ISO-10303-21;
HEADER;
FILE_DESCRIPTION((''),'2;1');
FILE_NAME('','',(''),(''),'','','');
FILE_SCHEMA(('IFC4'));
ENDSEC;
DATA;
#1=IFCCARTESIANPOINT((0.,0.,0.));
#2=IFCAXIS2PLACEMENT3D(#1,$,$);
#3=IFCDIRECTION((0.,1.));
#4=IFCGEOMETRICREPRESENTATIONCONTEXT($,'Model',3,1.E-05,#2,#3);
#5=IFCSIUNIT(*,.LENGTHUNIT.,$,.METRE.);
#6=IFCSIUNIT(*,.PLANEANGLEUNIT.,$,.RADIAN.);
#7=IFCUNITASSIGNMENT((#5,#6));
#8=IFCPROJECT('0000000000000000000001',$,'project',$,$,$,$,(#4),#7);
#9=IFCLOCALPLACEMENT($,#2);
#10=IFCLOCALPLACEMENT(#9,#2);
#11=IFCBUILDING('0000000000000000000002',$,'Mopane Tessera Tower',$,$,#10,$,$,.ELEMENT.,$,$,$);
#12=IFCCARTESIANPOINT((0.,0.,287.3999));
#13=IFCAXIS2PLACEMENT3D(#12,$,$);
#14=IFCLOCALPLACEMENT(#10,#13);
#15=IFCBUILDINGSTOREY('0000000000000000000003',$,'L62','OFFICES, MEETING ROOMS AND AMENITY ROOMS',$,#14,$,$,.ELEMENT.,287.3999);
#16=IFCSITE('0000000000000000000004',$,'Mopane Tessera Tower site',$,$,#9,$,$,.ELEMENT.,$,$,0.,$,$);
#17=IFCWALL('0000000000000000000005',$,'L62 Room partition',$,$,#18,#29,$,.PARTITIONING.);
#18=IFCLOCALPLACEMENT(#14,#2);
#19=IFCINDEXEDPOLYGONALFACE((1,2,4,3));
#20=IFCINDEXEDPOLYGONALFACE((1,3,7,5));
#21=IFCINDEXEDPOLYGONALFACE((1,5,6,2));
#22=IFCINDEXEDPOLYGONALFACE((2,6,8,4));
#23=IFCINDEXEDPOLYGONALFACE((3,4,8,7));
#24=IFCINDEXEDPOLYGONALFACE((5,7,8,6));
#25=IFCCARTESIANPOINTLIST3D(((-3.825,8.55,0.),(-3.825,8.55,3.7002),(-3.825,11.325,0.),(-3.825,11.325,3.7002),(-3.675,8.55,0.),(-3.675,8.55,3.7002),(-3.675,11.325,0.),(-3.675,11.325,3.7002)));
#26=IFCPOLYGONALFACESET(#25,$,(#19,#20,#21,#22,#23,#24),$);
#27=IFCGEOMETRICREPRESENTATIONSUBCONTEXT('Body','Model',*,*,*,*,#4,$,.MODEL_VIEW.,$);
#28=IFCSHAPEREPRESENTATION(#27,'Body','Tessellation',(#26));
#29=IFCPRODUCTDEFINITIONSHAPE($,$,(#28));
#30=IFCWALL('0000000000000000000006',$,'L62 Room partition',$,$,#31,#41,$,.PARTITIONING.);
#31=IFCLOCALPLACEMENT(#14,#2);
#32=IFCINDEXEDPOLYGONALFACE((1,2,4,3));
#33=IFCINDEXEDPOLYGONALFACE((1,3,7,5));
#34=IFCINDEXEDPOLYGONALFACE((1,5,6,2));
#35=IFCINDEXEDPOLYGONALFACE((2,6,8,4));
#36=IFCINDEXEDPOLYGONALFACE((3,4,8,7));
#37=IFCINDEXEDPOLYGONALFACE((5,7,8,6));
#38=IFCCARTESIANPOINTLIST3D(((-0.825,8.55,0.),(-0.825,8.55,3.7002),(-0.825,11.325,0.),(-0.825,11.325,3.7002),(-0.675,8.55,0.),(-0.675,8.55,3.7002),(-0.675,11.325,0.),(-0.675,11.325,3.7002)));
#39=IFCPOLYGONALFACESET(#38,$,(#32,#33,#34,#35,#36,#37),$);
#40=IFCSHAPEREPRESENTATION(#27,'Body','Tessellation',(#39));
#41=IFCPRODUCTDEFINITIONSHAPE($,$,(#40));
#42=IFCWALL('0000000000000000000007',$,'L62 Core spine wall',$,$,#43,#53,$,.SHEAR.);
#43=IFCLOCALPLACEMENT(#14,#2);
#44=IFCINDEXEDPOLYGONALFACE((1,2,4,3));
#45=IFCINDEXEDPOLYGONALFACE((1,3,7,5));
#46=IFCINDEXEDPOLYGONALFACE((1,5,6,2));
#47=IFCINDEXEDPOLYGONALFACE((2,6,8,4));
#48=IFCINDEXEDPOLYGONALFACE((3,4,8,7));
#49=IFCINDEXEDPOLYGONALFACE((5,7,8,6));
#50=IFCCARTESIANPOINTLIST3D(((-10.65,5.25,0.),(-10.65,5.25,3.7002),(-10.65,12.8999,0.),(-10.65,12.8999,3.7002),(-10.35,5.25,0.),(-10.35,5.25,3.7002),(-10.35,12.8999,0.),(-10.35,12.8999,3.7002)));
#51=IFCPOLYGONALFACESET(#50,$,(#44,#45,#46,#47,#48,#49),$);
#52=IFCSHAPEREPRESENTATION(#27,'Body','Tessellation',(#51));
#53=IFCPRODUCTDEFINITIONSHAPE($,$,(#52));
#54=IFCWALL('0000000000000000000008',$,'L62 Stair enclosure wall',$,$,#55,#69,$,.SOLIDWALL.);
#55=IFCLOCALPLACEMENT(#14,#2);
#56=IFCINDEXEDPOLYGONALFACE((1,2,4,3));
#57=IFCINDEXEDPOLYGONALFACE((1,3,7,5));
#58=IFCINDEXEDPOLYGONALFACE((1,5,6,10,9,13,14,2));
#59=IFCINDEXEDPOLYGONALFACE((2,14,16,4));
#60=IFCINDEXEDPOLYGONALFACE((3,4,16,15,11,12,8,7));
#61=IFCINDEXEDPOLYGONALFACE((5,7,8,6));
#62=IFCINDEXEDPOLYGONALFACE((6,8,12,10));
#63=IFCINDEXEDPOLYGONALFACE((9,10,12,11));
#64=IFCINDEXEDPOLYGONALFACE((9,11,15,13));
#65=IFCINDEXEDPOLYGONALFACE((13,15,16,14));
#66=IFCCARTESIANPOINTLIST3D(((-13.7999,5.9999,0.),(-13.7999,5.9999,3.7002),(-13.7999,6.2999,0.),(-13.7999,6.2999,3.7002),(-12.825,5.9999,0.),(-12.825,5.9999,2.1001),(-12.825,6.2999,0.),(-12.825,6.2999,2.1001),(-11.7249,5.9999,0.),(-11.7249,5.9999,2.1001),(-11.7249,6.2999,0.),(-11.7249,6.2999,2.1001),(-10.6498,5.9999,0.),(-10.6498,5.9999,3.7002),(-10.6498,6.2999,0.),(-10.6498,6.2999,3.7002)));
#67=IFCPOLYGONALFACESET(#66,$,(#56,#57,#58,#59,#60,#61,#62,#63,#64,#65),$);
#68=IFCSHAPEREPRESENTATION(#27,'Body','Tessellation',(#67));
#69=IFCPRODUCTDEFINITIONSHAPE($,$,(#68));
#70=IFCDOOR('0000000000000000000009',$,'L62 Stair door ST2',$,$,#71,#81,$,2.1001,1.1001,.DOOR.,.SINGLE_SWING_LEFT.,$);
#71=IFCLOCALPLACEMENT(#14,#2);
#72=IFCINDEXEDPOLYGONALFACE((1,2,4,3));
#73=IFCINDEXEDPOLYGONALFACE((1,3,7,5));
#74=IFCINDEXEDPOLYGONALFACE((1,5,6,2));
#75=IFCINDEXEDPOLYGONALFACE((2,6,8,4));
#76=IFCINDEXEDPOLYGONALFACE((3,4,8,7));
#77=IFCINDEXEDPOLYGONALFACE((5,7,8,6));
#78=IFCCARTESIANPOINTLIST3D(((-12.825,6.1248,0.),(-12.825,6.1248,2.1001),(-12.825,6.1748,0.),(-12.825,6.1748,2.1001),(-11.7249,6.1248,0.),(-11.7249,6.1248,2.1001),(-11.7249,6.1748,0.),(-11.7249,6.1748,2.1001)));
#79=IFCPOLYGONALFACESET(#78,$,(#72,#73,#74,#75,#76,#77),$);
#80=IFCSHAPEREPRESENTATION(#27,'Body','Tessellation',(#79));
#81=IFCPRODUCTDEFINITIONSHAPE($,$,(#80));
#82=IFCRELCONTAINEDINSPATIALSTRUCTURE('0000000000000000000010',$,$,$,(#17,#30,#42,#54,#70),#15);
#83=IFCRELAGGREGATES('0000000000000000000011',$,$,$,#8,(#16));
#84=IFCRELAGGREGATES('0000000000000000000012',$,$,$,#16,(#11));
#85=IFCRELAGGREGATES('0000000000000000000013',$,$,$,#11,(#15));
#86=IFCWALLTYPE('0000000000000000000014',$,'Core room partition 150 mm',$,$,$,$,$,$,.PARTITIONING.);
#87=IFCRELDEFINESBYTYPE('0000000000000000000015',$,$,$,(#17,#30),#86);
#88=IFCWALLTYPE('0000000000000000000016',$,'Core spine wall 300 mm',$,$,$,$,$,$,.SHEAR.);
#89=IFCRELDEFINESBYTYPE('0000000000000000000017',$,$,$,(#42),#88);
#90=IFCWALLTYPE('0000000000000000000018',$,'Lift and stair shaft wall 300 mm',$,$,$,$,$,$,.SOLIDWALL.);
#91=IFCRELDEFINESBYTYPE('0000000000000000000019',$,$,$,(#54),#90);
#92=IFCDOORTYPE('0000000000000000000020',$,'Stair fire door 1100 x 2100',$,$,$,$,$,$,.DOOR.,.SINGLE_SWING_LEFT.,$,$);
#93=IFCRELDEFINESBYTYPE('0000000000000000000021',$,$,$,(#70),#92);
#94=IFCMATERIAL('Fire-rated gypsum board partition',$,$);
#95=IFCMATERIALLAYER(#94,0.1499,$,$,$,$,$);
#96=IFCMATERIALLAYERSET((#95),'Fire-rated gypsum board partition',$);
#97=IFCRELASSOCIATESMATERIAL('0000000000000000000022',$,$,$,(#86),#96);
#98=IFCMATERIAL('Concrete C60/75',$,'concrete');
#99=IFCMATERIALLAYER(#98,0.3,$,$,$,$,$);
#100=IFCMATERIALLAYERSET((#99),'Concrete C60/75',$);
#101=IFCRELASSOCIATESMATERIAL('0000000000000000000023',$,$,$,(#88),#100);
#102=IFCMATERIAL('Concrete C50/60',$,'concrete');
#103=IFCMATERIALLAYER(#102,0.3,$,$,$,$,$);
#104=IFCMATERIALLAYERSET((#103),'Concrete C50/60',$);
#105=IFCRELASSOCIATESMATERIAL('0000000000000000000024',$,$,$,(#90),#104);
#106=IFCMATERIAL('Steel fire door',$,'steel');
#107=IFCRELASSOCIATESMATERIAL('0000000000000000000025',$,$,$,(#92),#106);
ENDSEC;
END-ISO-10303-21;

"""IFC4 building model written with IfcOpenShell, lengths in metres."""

from ifc_helpers import new_model, si_unit, direction, frame, frame_2d, origin, place, context, subcontext, project, spatial, rectangle, extrude, material, layer, layer_set, type_object, element, fill, save


model = new_model("IFC4")

# Units and contexts
model_context = context("Model", 3, precision=1e-05, world=origin(), true_north=direction((0.0, 1.0)))
body_context = subcontext(model_context, "Body", "Model", "MODEL_VIEW")
ifc_project = project(units=[si_unit("LENGTHUNIT", "METRE"), si_unit("PLANEANGLEUNIT", "RADIAN")], contexts=[model_context])

# Site, building, storey
site_placement = place(None, origin())
site = spatial("IfcSite", under=ifc_project, at=site_placement, Name="Mopane Tessera Tower site", CompositionType="ELEMENT", RefElevation=0.0)
building_placement = place(site_placement, origin())
building = spatial("IfcBuilding", under=site, at=building_placement, Name="Mopane Tessera Tower", CompositionType="ELEMENT")
storey_placement = place(building_placement, frame((0.0, 0.0, 287.3999)))
storey = spatial("IfcBuildingStorey", under=building, at=storey_placement, Name="L62", Description="OFFICES, MEETING ROOMS AND AMENITY ROOMS", CompositionType="ELEMENT", Elevation=287.3999)

# Walls
ifc_material_1 = material(Name="Fire-rated gypsum board partition")
ifc_layer_1 = layer(ifc_material_1, 0.1499)
ifc_layer_set_1 = layer_set([ifc_layer_1], Name="Fire-rated gypsum board partition")
wall_type_1 = type_object("IfcWallType", Name="Core room partition 150 mm", PredefinedType="PARTITIONING", material=ifc_layer_set_1)
for number, where, z_axis, x_axis, name in (
    (1, (-3.75, 8.55, 0.0), (0.0, 0.0, 1.0), (0.0, 1.0, 0.0), "L62 Room partition"),
    (2, (-0.75, 8.55, 0.0), (0.0, 0.0, 1.0), (0.0, 1.0, 0.0), "L62 Room partition"),
):
    element("IfcWall", number, at=place(storey_placement, frame(where, z_axis=z_axis, x_axis=x_axis)), inside=storey, type_object=wall_type_1, Name=name, PredefinedType="PARTITIONING", context=body_context, shape_type="SweptSolid", body=[
        extrude(rectangle(XDim=2.7749, YDim=0.1499, at=frame_2d((1.3875, 0.0))), origin(), (0.0, 0.0, 1.0), 3.7002),
    ])
ifc_material_2 = material(Name="Concrete C60/75", Category="concrete")
ifc_layer_2 = layer(ifc_material_2, 0.3)
ifc_layer_set_2 = layer_set([ifc_layer_2], Name="Concrete C60/75")
wall_type_2 = type_object("IfcWallType", Name="Core spine wall 300 mm", PredefinedType="SHEAR", material=ifc_layer_set_2)
wall_1_placement = place(storey_placement, frame((-10.5, 5.25, 0.0), z_axis=(0.0, 0.0, 1.0), x_axis=(0.0, 1.0, 0.0)))
element("IfcWall", 3, at=wall_1_placement, inside=storey, type_object=wall_type_2, Name="L62 Core spine wall", PredefinedType="SHEAR", context=body_context, shape_type="SweptSolid", body=[
    extrude(rectangle(XDim=7.6499, YDim=0.3, at=frame_2d((3.825, 0.0))), origin(), (0.0, 0.0, 1.0), 3.7002),
])

# Wall, opening, door
ifc_material_3 = material(Name="Concrete C50/60", Category="concrete")
ifc_layer_3 = layer(ifc_material_3, 0.3)
ifc_layer_set_3 = layer_set([ifc_layer_3], Name="Concrete C50/60")
wall_type_3 = type_object("IfcWallType", Name="Lift and stair shaft wall 300 mm", PredefinedType="SOLIDWALL", material=ifc_layer_set_3)
wall_2_placement = place(storey_placement, frame((-13.8, 6.1499, 0.0), z_axis=(0.0, 0.0, 1.0), x_axis=(1.0, 0.0, 0.0)))
wall_2 = element("IfcWall", 4, at=wall_2_placement, inside=storey, type_object=wall_type_3, Name="L62 Stair enclosure wall", PredefinedType="SOLIDWALL", context=body_context, shape_type="SweptSolid", body=[
    extrude(rectangle(XDim=3.1501, YDim=0.3, at=frame_2d((1.5752, 0.0))), origin(), (0.0, 0.0, 1.0), 3.7002),
])
opening_1_placement = place(wall_2_placement, frame((0.9751, 0.0, 0.0)))
opening_1 = element("IfcOpeningElement", 5, at=opening_1_placement, cuts=wall_2, PredefinedType="OPENING", context=body_context, shape_type="SweptSolid", body=[
    extrude(rectangle(XDim=1.1001, YDim=2.1001, at=frame_2d((0.55, 1.05))), frame((0.0, 0.1621, 0.0), z_axis=(0.0, -1.0, 0.0), x_axis=(1.0, 0.0, 0.0)), (0.0, 0.0, 1.0), 0.324),
])
ifc_material_4 = material(Name="Steel fire door", Category="steel")
door_type_1 = type_object("IfcDoorType", Name="Stair fire door 1100 x 2100", OperationType="SINGLE_SWING_LEFT", PredefinedType="DOOR", material=ifc_material_4)
door_1_placement = place(opening_1_placement, origin())
door_1 = element("IfcDoor", 6, at=door_1_placement, inside=storey, type_object=door_type_1, Name="L62 Stair door ST2", OperationType="SINGLE_SWING_LEFT", OverallHeight=2.1001, OverallWidth=1.1001, PredefinedType="DOOR", context=body_context, shape_type="SweptSolid", body=[
    extrude(rectangle(XDim=1.1001, YDim=2.1001, at=frame_2d((0.55, 1.05))), frame((0.0, 0.0249, 0.0), z_axis=(0.0, -1.0, 0.0), x_axis=(1.0, 0.0, 0.0)), (0.0, 0.0, 1.0), 0.05),
])
fill(opening_1, door_1)

save(model, "model.ifc")
